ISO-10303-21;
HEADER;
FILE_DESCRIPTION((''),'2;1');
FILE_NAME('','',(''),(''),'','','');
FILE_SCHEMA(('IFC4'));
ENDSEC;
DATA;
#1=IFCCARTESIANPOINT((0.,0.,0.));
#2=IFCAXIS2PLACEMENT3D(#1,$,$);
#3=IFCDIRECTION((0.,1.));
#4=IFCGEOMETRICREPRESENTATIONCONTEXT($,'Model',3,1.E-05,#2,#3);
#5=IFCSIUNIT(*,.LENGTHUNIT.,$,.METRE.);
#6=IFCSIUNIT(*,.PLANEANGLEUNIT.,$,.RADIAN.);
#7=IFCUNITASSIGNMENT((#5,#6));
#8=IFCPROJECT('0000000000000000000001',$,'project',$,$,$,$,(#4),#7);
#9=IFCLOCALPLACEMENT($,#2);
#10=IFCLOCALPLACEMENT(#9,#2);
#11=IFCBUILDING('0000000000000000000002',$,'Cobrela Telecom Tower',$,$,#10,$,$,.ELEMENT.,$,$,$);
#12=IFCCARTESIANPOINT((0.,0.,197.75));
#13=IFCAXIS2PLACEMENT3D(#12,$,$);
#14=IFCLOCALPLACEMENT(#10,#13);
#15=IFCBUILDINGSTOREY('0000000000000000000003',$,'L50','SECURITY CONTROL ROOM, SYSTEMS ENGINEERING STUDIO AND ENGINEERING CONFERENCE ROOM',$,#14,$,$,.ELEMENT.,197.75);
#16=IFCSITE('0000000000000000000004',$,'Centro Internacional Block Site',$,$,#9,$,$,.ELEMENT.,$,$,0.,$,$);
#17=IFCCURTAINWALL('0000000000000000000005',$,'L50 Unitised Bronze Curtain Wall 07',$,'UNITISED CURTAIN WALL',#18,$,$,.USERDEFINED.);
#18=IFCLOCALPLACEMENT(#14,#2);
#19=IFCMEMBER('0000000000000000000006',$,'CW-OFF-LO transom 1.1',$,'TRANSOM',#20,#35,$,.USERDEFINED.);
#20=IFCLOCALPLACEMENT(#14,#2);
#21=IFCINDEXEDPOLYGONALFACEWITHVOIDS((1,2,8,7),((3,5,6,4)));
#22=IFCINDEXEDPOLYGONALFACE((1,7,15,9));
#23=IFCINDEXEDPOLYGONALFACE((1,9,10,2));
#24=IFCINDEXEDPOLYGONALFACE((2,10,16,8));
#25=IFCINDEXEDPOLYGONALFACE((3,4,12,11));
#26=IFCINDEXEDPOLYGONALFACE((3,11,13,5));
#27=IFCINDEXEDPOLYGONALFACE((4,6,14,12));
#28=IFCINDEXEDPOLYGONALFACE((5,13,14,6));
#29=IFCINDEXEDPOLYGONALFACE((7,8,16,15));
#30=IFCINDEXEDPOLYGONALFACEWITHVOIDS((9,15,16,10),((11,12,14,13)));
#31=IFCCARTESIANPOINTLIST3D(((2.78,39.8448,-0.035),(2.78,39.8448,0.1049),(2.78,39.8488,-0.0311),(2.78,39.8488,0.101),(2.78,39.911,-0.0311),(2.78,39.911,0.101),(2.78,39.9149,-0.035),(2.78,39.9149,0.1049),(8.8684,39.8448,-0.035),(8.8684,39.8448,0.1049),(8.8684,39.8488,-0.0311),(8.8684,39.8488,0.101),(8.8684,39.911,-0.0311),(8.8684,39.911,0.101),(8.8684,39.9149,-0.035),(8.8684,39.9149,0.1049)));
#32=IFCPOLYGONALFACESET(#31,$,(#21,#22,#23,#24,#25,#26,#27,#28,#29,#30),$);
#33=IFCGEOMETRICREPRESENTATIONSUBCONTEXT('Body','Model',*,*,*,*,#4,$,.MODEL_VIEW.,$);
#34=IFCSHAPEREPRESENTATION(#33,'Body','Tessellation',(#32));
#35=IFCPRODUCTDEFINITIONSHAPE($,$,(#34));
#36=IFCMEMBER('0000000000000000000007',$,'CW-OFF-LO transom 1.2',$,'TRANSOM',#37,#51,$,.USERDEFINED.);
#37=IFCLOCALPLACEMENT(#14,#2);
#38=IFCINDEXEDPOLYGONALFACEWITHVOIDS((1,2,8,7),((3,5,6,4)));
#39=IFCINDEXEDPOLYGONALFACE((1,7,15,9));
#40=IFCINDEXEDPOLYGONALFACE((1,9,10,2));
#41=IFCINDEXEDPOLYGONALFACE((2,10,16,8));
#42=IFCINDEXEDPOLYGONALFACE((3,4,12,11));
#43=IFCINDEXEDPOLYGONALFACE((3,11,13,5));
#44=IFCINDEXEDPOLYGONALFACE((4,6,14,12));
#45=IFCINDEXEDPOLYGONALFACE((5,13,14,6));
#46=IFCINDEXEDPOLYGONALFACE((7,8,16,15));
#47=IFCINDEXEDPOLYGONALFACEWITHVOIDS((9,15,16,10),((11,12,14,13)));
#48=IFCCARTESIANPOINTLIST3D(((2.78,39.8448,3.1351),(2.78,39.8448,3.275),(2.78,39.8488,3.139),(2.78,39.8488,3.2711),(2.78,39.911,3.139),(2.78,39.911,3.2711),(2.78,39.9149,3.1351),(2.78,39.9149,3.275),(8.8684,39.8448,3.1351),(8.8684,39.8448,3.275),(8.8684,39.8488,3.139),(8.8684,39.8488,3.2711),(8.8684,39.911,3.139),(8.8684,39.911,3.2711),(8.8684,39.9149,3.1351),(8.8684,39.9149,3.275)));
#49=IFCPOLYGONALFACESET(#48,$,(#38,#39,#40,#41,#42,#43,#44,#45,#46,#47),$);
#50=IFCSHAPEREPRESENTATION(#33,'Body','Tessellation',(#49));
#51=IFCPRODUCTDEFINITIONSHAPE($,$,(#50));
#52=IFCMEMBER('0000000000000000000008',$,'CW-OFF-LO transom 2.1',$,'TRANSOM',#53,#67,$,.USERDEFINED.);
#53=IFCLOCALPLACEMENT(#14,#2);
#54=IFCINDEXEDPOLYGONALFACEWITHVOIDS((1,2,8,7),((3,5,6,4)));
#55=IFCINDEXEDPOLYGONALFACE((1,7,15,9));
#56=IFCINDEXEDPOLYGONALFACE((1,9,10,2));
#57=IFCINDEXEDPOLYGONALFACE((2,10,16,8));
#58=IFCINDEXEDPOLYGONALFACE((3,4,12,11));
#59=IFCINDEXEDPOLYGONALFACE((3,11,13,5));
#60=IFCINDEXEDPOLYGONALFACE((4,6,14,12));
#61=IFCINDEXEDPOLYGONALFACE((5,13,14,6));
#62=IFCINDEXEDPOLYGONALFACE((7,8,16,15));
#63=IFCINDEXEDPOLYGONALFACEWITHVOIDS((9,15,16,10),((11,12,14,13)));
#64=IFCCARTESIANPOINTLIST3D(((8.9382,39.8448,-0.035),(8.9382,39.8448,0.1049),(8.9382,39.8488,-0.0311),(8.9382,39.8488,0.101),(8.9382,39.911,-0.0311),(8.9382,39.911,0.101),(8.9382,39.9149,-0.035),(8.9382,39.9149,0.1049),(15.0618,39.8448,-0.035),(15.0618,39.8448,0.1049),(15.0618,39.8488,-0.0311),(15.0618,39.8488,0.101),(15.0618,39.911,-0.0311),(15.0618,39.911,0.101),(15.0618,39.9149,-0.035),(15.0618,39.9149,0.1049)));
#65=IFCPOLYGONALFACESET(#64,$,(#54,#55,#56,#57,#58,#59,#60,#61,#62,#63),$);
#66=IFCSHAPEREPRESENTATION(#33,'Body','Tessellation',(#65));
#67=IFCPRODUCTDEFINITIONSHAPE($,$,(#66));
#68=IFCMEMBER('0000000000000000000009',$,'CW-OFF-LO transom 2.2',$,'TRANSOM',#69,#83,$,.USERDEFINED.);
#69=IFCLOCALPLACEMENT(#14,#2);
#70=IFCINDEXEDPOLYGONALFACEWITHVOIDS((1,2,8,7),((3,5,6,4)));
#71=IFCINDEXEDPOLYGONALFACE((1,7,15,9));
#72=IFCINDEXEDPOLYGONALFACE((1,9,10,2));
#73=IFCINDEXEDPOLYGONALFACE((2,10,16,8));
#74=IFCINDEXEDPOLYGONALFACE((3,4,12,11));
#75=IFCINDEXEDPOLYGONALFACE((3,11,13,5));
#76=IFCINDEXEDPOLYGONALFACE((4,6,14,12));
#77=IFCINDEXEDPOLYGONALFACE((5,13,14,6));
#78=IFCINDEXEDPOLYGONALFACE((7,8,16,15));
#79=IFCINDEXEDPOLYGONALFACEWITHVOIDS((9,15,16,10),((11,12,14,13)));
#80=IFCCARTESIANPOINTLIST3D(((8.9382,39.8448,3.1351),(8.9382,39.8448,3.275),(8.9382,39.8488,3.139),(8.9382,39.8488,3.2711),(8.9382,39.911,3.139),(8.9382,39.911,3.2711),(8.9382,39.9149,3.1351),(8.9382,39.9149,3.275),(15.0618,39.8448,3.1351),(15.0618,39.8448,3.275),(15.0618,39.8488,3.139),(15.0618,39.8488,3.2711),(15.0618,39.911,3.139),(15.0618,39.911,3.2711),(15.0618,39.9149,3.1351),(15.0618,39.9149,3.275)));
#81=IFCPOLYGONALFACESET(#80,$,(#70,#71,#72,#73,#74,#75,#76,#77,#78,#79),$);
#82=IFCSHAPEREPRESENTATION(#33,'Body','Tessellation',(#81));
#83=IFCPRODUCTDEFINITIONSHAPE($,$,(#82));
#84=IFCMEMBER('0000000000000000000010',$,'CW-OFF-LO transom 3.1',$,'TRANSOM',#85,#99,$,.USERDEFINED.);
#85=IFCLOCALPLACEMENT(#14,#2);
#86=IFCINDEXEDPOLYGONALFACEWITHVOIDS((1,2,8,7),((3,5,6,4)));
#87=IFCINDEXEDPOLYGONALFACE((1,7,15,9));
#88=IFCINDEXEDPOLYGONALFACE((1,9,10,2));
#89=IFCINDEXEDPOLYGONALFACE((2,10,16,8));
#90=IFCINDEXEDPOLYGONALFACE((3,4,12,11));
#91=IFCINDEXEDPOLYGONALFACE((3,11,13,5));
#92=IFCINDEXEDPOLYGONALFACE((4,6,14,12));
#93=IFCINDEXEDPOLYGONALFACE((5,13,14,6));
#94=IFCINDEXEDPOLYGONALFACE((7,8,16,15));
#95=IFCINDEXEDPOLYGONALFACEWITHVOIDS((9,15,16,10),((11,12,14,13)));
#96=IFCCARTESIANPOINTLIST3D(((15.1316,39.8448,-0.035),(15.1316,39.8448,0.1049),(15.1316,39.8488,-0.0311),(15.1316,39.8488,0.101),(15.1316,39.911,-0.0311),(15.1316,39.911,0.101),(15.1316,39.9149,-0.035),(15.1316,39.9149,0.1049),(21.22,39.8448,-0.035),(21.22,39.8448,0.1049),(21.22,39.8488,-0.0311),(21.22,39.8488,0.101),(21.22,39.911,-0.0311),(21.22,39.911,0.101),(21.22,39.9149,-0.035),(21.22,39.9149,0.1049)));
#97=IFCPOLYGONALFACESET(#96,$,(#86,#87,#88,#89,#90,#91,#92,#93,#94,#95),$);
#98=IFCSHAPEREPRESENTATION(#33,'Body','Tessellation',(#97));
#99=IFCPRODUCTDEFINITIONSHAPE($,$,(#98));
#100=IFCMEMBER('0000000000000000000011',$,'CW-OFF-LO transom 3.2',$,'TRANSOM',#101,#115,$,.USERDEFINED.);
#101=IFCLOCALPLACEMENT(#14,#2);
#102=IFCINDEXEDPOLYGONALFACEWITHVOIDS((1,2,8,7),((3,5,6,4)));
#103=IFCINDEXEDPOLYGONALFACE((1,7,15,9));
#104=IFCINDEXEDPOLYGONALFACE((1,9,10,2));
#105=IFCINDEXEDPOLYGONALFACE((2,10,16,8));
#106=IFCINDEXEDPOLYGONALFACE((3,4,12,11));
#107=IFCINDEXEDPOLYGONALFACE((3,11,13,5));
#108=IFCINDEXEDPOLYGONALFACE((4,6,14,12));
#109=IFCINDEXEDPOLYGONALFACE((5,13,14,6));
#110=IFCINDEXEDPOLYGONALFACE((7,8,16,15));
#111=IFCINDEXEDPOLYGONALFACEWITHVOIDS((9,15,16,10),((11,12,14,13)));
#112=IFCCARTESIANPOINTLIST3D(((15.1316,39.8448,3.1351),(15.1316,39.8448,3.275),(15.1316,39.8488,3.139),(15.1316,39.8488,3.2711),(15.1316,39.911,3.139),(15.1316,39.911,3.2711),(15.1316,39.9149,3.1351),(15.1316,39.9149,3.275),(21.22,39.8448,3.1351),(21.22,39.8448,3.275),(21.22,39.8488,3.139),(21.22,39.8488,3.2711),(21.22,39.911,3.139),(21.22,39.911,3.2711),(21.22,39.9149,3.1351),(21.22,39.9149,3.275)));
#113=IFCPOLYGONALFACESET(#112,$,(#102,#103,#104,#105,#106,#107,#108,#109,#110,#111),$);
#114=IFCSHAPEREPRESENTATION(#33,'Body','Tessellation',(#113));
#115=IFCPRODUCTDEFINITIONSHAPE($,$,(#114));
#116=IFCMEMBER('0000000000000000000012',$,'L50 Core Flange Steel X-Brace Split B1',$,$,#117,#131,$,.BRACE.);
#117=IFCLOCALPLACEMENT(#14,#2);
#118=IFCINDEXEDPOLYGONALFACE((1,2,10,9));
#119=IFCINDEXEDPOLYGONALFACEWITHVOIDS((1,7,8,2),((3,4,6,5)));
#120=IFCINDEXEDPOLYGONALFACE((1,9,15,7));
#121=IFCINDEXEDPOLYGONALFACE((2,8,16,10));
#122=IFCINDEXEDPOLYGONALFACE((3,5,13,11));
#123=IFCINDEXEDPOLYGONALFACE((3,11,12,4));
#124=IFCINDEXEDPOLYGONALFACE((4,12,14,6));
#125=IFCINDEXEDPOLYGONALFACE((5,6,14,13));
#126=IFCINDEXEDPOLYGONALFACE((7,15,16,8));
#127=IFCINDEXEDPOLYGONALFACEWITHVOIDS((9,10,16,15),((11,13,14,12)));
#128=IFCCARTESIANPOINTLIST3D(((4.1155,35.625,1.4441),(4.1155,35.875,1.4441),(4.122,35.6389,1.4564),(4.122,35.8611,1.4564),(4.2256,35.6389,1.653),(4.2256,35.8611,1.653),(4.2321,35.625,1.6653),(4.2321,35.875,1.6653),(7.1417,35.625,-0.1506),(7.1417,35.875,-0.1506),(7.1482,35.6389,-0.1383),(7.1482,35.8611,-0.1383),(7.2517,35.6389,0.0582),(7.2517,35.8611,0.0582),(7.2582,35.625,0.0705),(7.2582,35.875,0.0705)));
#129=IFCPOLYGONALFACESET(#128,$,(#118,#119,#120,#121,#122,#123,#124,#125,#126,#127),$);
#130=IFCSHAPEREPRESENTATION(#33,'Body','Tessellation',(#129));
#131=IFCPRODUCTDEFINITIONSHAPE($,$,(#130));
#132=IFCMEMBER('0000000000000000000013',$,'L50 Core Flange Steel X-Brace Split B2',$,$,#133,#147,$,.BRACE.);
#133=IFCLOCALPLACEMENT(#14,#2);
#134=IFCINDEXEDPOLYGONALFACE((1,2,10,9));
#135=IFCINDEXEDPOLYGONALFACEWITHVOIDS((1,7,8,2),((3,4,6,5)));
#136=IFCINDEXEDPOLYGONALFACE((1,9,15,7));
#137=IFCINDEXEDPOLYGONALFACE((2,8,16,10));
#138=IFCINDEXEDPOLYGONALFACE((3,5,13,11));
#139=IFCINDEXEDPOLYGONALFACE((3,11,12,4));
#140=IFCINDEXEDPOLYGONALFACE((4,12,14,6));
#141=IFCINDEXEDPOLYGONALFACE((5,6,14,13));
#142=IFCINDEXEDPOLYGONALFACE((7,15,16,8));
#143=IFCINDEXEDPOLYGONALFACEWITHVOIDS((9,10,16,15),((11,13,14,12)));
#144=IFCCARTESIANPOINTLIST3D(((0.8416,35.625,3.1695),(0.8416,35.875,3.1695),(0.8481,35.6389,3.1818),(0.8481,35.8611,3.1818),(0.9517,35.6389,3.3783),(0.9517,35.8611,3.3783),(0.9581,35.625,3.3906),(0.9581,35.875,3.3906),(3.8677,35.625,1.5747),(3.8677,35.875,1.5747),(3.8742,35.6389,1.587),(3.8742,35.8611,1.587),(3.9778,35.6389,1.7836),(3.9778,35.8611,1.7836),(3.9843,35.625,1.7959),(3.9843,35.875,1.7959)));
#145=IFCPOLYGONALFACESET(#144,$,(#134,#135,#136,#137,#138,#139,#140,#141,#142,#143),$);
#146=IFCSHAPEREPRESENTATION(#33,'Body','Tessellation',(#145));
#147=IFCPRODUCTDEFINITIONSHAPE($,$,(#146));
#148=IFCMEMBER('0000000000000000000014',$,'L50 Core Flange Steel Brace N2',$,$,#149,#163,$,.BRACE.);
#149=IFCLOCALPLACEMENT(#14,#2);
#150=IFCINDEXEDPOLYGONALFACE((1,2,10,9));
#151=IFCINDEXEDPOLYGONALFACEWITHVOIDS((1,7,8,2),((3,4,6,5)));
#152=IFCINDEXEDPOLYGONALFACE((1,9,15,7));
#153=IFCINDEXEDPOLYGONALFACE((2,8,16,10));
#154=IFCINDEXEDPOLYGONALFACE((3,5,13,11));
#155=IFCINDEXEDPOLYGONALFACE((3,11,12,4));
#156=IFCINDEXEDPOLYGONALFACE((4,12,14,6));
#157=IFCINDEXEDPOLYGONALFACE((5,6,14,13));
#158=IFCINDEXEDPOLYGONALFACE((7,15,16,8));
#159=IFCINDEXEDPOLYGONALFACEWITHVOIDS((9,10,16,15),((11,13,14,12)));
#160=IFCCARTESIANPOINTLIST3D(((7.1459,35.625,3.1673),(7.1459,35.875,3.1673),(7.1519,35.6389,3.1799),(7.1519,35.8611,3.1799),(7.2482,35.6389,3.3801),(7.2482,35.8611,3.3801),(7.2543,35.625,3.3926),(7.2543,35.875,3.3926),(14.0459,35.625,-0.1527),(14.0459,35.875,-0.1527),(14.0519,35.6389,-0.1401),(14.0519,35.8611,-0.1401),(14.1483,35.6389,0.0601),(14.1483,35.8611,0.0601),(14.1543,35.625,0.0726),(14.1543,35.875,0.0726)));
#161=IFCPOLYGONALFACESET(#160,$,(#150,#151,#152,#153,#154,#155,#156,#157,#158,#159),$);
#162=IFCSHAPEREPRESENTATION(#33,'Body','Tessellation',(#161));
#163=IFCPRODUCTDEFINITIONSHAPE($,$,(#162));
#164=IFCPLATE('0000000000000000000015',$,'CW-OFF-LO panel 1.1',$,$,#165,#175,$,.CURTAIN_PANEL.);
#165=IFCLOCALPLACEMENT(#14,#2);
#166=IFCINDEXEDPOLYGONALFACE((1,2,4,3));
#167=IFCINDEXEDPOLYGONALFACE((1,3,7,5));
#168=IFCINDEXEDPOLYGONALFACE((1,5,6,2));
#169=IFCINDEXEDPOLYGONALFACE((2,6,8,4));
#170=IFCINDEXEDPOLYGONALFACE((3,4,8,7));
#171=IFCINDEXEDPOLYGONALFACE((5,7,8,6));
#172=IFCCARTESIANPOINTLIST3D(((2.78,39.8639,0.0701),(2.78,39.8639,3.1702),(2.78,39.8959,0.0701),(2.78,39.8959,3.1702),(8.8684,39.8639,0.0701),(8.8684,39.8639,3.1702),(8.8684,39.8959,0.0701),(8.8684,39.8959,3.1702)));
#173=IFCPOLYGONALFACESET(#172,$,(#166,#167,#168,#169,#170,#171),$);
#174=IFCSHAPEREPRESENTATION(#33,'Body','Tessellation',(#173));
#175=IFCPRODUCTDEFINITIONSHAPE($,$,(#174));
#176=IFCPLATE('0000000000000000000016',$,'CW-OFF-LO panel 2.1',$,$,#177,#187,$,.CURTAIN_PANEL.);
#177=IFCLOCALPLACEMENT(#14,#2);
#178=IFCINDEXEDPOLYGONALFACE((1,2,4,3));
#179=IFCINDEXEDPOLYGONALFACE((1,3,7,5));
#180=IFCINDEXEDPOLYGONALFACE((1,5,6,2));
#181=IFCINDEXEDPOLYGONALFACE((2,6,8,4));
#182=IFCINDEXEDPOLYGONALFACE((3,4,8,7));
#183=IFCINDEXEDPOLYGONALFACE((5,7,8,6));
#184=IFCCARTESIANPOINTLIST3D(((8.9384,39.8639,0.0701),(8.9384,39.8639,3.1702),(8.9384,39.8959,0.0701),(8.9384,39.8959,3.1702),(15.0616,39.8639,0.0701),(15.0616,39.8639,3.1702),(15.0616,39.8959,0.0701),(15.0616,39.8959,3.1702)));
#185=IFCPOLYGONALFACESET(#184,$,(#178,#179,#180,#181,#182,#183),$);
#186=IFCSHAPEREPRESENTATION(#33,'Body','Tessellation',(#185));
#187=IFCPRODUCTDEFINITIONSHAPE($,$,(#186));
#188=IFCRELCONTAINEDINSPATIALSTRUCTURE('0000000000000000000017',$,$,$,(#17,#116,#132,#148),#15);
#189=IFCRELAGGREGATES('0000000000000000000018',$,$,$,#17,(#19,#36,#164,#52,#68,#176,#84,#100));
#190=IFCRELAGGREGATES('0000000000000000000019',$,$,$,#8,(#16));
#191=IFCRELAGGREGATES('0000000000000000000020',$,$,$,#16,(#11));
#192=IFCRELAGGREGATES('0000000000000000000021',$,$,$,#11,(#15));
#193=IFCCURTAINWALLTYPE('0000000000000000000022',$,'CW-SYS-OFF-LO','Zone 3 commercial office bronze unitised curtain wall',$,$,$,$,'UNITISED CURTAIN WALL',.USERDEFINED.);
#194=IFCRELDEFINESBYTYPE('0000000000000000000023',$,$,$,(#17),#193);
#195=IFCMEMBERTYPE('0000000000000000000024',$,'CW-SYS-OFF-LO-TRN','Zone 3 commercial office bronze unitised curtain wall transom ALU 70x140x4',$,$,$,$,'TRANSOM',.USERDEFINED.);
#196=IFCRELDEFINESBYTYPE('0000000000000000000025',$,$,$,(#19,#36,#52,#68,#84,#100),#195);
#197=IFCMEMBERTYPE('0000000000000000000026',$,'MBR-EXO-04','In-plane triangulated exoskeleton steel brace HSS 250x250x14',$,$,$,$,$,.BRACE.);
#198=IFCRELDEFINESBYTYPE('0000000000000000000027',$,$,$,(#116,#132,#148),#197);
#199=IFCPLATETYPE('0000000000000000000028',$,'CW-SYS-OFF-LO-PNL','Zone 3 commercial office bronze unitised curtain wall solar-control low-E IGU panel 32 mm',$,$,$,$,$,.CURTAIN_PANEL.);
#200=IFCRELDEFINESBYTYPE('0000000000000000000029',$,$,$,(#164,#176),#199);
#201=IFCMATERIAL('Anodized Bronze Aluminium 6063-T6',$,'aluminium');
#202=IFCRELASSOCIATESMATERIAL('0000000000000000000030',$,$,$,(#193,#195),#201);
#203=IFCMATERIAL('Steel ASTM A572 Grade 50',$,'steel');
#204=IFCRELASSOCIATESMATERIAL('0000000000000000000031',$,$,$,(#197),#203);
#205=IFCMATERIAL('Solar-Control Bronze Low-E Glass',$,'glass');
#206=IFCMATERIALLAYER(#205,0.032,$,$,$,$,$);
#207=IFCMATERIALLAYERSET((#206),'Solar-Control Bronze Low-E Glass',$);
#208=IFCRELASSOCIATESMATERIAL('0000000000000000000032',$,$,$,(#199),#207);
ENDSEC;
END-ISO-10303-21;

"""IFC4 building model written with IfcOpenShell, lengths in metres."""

from ifc_helpers import new_model, si_unit, direction, frame, origin, origin_2d, place, context, subcontext, project, spatial, rectangle, hollow_rectangle, extrude, material, layer, layer_set, material_profile, profile_set, type_object, element, aggregate, save


model = new_model("IFC4")

# Units and contexts
model_context = context("Model", 3, precision=1e-05, world=origin(), true_north=direction((0.0, 1.0)))
body_context = subcontext(model_context, "Body", "Model", "MODEL_VIEW")
ifc_project = project(units=[si_unit("LENGTHUNIT", "METRE"), si_unit("PLANEANGLEUNIT", "RADIAN")], contexts=[model_context])

# Site, building, storey
site_placement = place(None, origin())
site = spatial("IfcSite", under=ifc_project, at=site_placement, Name="Centro Internacional Block Site", CompositionType="ELEMENT", RefElevation=0.0)
building_placement = place(site_placement, origin())
building = spatial("IfcBuilding", under=site, at=building_placement, Name="Cobrela Telecom Tower", CompositionType="ELEMENT")
storey_placement = place(building_placement, frame((0.0, 0.0, 197.75)))
storey = spatial("IfcBuildingStorey", under=building, at=storey_placement, Name="L50", Description="SECURITY CONTROL ROOM, SYSTEMS ENGINEERING STUDIO AND ENGINEERING CONFERENCE ROOM", CompositionType="ELEMENT", Elevation=197.75)

# Shared definitions
ifc_material_1 = material(Name="Steel ASTM A572 Grade 50", Category="steel")

# Curtain wall, members
ifc_material_2 = material(Name="Anodized Bronze Aluminium 6063-T6", Category="aluminium")
curtain_wall_type = type_object("IfcCurtainWallType", Name="CW-SYS-OFF-LO", Description="Zone 3 commercial office bronze unitised curtain wall", ElementType="UNITISED CURTAIN WALL", PredefinedType="USERDEFINED", material=ifc_material_2)
curtain_wall_placement = place(storey_placement, origin())
curtain_wall = element("IfcCurtainWall", 1, at=curtain_wall_placement, inside=storey, type_object=curtain_wall_type, Name="L50 Unitised Bronze Curtain Wall 07", ObjectType="UNITISED CURTAIN WALL", PredefinedType="USERDEFINED")
ifc_material_profile_1 = material_profile(ifc_material_2, hollow_rectangle(XDim=0.0701, YDim=0.1399, WallThickness=0.0039, at=origin_2d()), Name="ALU 70x140x4")
ifc_profile_set_1 = profile_set([ifc_material_profile_1], Name="Anodized Bronze Aluminium 6063-T6")
member_type_1 = type_object("IfcMemberType", Name="CW-SYS-OFF-LO-TRN", Description="Zone 3 commercial office bronze unitised curtain wall transom ALU 70x140x4", ElementType="TRANSOM", PredefinedType="USERDEFINED", material=ifc_profile_set_1)
member_1_placement = place(storey_placement, frame((2.78, 39.8799, 0.0349), z_axis=(1.0, 0.0, 0.0), x_axis=(0.0, 1.0, 0.0)))
member_1 = element("IfcMember", 2, at=member_1_placement, type_object=member_type_1, Name="CW-OFF-LO transom 1.1", ObjectType="TRANSOM", PredefinedType="USERDEFINED", context=body_context, shape_type="SweptSolid", body=[
    extrude(hollow_rectangle(XDim=0.0701, YDim=0.1399, WallThickness=0.0039, at=origin_2d()), origin(), (0.0, 0.0, 1.0), 6.0884),
])
member_2_placement = place(storey_placement, frame((2.78, 39.8799, 3.2051), z_axis=(1.0, 0.0, 0.0), x_axis=(0.0, 1.0, 0.0)))
member_2 = element("IfcMember", 3, at=member_2_placement, type_object=member_type_1, Name="CW-OFF-LO transom 1.2", ObjectType="TRANSOM", PredefinedType="USERDEFINED", context=body_context, shape_type="SweptSolid", body=[
    extrude(hollow_rectangle(XDim=0.0701, YDim=0.1399, WallThickness=0.0039, at=origin_2d()), origin(), (0.0, 0.0, 1.0), 6.0884),
])
member_3_placement = place(storey_placement, frame((8.9382, 39.8799, 0.0349), z_axis=(1.0, 0.0, 0.0), x_axis=(0.0, 1.0, 0.0)))
member_3 = element("IfcMember", 4, at=member_3_placement, type_object=member_type_1, Name="CW-OFF-LO transom 2.1", ObjectType="TRANSOM", PredefinedType="USERDEFINED", context=body_context, shape_type="SweptSolid", body=[
    extrude(hollow_rectangle(XDim=0.0701, YDim=0.1399, WallThickness=0.0039, at=origin_2d()), origin(), (0.0, 0.0, 1.0), 6.1235),
])
member_4_placement = place(storey_placement, frame((8.9382, 39.8799, 3.2051), z_axis=(1.0, 0.0, 0.0), x_axis=(0.0, 1.0, 0.0)))
member_4 = element("IfcMember", 5, at=member_4_placement, type_object=member_type_1, Name="CW-OFF-LO transom 2.2", ObjectType="TRANSOM", PredefinedType="USERDEFINED", context=body_context, shape_type="SweptSolid", body=[
    extrude(hollow_rectangle(XDim=0.0701, YDim=0.1399, WallThickness=0.0039, at=origin_2d()), origin(), (0.0, 0.0, 1.0), 6.1235),
])
member_5_placement = place(storey_placement, frame((15.1316, 39.8799, 0.0349), z_axis=(1.0, 0.0, 0.0), x_axis=(0.0, 1.0, 0.0)))
member_5 = element("IfcMember", 6, at=member_5_placement, type_object=member_type_1, Name="CW-OFF-LO transom 3.1", ObjectType="TRANSOM", PredefinedType="USERDEFINED", context=body_context, shape_type="SweptSolid", body=[
    extrude(hollow_rectangle(XDim=0.0701, YDim=0.1399, WallThickness=0.0039, at=origin_2d()), origin(), (0.0, 0.0, 1.0), 6.0884),
])
member_6_placement = place(storey_placement, frame((15.1316, 39.8799, 3.2051), z_axis=(1.0, 0.0, 0.0), x_axis=(0.0, 1.0, 0.0)))
member_6 = element("IfcMember", 7, at=member_6_placement, type_object=member_type_1, Name="CW-OFF-LO transom 3.2", ObjectType="TRANSOM", PredefinedType="USERDEFINED", context=body_context, shape_type="SweptSolid", body=[
    extrude(hollow_rectangle(XDim=0.0701, YDim=0.1399, WallThickness=0.0039, at=origin_2d()), origin(), (0.0, 0.0, 1.0), 6.0884),
])

# Members
ifc_material_profile_2 = material_profile(ifc_material_1, hollow_rectangle(XDim=0.25, YDim=0.25, WallThickness=0.0139, at=origin_2d()), Name="HSS 250x250x14")
ifc_profile_set_2 = profile_set([ifc_material_profile_2], Name="Steel ASTM A572 Grade 50")
member_type_2 = type_object("IfcMemberType", Name="MBR-EXO-04", Description="In-plane triangulated exoskeleton steel brace HSS 250x250x14", PredefinedType="BRACE", material=ifc_profile_set_2)
for number, where, z_axis, x_axis, name in (
    (8, (7.2, 35.75, -0.04), (-0.884673, 0.0, 0.466211), (0.0, -1.0, 0.0), "L50 Core Flange Steel X-Brace Split B1"),
    (9, (3.926, 35.75, 1.6853), (-0.884673, 0.0, 0.466211), (0.0, -1.0, 0.0), "L50 Core Flange Steel X-Brace Split B2"),
):
    element("IfcMember", number, at=place(storey_placement, frame(where, z_axis=z_axis, x_axis=x_axis)), inside=storey, type_object=member_type_2, Name=name, PredefinedType="BRACE", context=body_context, shape_type="SweptSolid", body=[
        extrude(hollow_rectangle(XDim=0.25, YDim=0.25, WallThickness=0.0139, at=origin_2d()), origin(), (0.0, 0.0, 1.0), 3.4207),
    ])
member_7_placement = place(storey_placement, frame((14.1001, 35.75, -0.04), z_axis=(-0.901115, 0.0, 0.43358), x_axis=(0.0, -1.0, 0.0)))
element("IfcMember", 10, at=member_7_placement, inside=storey, type_object=member_type_2, Name="L50 Core Flange Steel Brace N2", PredefinedType="BRACE", context=body_context, shape_type="SweptSolid", body=[
    extrude(hollow_rectangle(XDim=0.25, YDim=0.25, WallThickness=0.0139, at=origin_2d()), origin(), (0.0, 0.0, 1.0), 7.6572),
])

# Plates
ifc_material_3 = material(Name="Solar-Control Bronze Low-E Glass", Category="glass")
ifc_layer_1 = layer(ifc_material_3, 0.032)
ifc_layer_set_1 = layer_set([ifc_layer_1], Name="Solar-Control Bronze Low-E Glass")
plate_type_1 = type_object("IfcPlateType", Name="CW-SYS-OFF-LO-PNL", Description="Zone 3 commercial office bronze unitised curtain wall solar-control low-E IGU panel 32 mm", PredefinedType="CURTAIN_PANEL", material=ifc_layer_set_1)
plate_1_placement = place(storey_placement, frame((5.8242, 39.8799, 0.0701), z_axis=(0.0, 0.0, 1.0), x_axis=(1.0, 0.0, 0.0)))
plate_1 = element("IfcPlate", 11, at=plate_1_placement, type_object=plate_type_1, Name="CW-OFF-LO panel 1.1", PredefinedType="CURTAIN_PANEL", context=body_context, shape_type="SweptSolid", body=[
    extrude(rectangle(XDim=6.0884, YDim=0.032, at=origin_2d()), origin(), (0.0, 0.0, 1.0), 3.1001),
])
plate_2_placement = place(storey_placement, frame((12.0, 39.8799, 0.0701), z_axis=(0.0, 0.0, 1.0), x_axis=(1.0, 0.0, 0.0)))
plate_2 = element("IfcPlate", 12, at=plate_2_placement, type_object=plate_type_1, Name="CW-OFF-LO panel 2.1", PredefinedType="CURTAIN_PANEL", context=body_context, shape_type="SweptSolid", body=[
    extrude(rectangle(XDim=6.1233, YDim=0.032, at=origin_2d()), origin(), (0.0, 0.0, 1.0), 3.1001),
])
aggregate(curtain_wall, [member_1, member_2, plate_1, member_3, member_4, plate_2, member_5, member_6])

save(model, "model.ifc")
